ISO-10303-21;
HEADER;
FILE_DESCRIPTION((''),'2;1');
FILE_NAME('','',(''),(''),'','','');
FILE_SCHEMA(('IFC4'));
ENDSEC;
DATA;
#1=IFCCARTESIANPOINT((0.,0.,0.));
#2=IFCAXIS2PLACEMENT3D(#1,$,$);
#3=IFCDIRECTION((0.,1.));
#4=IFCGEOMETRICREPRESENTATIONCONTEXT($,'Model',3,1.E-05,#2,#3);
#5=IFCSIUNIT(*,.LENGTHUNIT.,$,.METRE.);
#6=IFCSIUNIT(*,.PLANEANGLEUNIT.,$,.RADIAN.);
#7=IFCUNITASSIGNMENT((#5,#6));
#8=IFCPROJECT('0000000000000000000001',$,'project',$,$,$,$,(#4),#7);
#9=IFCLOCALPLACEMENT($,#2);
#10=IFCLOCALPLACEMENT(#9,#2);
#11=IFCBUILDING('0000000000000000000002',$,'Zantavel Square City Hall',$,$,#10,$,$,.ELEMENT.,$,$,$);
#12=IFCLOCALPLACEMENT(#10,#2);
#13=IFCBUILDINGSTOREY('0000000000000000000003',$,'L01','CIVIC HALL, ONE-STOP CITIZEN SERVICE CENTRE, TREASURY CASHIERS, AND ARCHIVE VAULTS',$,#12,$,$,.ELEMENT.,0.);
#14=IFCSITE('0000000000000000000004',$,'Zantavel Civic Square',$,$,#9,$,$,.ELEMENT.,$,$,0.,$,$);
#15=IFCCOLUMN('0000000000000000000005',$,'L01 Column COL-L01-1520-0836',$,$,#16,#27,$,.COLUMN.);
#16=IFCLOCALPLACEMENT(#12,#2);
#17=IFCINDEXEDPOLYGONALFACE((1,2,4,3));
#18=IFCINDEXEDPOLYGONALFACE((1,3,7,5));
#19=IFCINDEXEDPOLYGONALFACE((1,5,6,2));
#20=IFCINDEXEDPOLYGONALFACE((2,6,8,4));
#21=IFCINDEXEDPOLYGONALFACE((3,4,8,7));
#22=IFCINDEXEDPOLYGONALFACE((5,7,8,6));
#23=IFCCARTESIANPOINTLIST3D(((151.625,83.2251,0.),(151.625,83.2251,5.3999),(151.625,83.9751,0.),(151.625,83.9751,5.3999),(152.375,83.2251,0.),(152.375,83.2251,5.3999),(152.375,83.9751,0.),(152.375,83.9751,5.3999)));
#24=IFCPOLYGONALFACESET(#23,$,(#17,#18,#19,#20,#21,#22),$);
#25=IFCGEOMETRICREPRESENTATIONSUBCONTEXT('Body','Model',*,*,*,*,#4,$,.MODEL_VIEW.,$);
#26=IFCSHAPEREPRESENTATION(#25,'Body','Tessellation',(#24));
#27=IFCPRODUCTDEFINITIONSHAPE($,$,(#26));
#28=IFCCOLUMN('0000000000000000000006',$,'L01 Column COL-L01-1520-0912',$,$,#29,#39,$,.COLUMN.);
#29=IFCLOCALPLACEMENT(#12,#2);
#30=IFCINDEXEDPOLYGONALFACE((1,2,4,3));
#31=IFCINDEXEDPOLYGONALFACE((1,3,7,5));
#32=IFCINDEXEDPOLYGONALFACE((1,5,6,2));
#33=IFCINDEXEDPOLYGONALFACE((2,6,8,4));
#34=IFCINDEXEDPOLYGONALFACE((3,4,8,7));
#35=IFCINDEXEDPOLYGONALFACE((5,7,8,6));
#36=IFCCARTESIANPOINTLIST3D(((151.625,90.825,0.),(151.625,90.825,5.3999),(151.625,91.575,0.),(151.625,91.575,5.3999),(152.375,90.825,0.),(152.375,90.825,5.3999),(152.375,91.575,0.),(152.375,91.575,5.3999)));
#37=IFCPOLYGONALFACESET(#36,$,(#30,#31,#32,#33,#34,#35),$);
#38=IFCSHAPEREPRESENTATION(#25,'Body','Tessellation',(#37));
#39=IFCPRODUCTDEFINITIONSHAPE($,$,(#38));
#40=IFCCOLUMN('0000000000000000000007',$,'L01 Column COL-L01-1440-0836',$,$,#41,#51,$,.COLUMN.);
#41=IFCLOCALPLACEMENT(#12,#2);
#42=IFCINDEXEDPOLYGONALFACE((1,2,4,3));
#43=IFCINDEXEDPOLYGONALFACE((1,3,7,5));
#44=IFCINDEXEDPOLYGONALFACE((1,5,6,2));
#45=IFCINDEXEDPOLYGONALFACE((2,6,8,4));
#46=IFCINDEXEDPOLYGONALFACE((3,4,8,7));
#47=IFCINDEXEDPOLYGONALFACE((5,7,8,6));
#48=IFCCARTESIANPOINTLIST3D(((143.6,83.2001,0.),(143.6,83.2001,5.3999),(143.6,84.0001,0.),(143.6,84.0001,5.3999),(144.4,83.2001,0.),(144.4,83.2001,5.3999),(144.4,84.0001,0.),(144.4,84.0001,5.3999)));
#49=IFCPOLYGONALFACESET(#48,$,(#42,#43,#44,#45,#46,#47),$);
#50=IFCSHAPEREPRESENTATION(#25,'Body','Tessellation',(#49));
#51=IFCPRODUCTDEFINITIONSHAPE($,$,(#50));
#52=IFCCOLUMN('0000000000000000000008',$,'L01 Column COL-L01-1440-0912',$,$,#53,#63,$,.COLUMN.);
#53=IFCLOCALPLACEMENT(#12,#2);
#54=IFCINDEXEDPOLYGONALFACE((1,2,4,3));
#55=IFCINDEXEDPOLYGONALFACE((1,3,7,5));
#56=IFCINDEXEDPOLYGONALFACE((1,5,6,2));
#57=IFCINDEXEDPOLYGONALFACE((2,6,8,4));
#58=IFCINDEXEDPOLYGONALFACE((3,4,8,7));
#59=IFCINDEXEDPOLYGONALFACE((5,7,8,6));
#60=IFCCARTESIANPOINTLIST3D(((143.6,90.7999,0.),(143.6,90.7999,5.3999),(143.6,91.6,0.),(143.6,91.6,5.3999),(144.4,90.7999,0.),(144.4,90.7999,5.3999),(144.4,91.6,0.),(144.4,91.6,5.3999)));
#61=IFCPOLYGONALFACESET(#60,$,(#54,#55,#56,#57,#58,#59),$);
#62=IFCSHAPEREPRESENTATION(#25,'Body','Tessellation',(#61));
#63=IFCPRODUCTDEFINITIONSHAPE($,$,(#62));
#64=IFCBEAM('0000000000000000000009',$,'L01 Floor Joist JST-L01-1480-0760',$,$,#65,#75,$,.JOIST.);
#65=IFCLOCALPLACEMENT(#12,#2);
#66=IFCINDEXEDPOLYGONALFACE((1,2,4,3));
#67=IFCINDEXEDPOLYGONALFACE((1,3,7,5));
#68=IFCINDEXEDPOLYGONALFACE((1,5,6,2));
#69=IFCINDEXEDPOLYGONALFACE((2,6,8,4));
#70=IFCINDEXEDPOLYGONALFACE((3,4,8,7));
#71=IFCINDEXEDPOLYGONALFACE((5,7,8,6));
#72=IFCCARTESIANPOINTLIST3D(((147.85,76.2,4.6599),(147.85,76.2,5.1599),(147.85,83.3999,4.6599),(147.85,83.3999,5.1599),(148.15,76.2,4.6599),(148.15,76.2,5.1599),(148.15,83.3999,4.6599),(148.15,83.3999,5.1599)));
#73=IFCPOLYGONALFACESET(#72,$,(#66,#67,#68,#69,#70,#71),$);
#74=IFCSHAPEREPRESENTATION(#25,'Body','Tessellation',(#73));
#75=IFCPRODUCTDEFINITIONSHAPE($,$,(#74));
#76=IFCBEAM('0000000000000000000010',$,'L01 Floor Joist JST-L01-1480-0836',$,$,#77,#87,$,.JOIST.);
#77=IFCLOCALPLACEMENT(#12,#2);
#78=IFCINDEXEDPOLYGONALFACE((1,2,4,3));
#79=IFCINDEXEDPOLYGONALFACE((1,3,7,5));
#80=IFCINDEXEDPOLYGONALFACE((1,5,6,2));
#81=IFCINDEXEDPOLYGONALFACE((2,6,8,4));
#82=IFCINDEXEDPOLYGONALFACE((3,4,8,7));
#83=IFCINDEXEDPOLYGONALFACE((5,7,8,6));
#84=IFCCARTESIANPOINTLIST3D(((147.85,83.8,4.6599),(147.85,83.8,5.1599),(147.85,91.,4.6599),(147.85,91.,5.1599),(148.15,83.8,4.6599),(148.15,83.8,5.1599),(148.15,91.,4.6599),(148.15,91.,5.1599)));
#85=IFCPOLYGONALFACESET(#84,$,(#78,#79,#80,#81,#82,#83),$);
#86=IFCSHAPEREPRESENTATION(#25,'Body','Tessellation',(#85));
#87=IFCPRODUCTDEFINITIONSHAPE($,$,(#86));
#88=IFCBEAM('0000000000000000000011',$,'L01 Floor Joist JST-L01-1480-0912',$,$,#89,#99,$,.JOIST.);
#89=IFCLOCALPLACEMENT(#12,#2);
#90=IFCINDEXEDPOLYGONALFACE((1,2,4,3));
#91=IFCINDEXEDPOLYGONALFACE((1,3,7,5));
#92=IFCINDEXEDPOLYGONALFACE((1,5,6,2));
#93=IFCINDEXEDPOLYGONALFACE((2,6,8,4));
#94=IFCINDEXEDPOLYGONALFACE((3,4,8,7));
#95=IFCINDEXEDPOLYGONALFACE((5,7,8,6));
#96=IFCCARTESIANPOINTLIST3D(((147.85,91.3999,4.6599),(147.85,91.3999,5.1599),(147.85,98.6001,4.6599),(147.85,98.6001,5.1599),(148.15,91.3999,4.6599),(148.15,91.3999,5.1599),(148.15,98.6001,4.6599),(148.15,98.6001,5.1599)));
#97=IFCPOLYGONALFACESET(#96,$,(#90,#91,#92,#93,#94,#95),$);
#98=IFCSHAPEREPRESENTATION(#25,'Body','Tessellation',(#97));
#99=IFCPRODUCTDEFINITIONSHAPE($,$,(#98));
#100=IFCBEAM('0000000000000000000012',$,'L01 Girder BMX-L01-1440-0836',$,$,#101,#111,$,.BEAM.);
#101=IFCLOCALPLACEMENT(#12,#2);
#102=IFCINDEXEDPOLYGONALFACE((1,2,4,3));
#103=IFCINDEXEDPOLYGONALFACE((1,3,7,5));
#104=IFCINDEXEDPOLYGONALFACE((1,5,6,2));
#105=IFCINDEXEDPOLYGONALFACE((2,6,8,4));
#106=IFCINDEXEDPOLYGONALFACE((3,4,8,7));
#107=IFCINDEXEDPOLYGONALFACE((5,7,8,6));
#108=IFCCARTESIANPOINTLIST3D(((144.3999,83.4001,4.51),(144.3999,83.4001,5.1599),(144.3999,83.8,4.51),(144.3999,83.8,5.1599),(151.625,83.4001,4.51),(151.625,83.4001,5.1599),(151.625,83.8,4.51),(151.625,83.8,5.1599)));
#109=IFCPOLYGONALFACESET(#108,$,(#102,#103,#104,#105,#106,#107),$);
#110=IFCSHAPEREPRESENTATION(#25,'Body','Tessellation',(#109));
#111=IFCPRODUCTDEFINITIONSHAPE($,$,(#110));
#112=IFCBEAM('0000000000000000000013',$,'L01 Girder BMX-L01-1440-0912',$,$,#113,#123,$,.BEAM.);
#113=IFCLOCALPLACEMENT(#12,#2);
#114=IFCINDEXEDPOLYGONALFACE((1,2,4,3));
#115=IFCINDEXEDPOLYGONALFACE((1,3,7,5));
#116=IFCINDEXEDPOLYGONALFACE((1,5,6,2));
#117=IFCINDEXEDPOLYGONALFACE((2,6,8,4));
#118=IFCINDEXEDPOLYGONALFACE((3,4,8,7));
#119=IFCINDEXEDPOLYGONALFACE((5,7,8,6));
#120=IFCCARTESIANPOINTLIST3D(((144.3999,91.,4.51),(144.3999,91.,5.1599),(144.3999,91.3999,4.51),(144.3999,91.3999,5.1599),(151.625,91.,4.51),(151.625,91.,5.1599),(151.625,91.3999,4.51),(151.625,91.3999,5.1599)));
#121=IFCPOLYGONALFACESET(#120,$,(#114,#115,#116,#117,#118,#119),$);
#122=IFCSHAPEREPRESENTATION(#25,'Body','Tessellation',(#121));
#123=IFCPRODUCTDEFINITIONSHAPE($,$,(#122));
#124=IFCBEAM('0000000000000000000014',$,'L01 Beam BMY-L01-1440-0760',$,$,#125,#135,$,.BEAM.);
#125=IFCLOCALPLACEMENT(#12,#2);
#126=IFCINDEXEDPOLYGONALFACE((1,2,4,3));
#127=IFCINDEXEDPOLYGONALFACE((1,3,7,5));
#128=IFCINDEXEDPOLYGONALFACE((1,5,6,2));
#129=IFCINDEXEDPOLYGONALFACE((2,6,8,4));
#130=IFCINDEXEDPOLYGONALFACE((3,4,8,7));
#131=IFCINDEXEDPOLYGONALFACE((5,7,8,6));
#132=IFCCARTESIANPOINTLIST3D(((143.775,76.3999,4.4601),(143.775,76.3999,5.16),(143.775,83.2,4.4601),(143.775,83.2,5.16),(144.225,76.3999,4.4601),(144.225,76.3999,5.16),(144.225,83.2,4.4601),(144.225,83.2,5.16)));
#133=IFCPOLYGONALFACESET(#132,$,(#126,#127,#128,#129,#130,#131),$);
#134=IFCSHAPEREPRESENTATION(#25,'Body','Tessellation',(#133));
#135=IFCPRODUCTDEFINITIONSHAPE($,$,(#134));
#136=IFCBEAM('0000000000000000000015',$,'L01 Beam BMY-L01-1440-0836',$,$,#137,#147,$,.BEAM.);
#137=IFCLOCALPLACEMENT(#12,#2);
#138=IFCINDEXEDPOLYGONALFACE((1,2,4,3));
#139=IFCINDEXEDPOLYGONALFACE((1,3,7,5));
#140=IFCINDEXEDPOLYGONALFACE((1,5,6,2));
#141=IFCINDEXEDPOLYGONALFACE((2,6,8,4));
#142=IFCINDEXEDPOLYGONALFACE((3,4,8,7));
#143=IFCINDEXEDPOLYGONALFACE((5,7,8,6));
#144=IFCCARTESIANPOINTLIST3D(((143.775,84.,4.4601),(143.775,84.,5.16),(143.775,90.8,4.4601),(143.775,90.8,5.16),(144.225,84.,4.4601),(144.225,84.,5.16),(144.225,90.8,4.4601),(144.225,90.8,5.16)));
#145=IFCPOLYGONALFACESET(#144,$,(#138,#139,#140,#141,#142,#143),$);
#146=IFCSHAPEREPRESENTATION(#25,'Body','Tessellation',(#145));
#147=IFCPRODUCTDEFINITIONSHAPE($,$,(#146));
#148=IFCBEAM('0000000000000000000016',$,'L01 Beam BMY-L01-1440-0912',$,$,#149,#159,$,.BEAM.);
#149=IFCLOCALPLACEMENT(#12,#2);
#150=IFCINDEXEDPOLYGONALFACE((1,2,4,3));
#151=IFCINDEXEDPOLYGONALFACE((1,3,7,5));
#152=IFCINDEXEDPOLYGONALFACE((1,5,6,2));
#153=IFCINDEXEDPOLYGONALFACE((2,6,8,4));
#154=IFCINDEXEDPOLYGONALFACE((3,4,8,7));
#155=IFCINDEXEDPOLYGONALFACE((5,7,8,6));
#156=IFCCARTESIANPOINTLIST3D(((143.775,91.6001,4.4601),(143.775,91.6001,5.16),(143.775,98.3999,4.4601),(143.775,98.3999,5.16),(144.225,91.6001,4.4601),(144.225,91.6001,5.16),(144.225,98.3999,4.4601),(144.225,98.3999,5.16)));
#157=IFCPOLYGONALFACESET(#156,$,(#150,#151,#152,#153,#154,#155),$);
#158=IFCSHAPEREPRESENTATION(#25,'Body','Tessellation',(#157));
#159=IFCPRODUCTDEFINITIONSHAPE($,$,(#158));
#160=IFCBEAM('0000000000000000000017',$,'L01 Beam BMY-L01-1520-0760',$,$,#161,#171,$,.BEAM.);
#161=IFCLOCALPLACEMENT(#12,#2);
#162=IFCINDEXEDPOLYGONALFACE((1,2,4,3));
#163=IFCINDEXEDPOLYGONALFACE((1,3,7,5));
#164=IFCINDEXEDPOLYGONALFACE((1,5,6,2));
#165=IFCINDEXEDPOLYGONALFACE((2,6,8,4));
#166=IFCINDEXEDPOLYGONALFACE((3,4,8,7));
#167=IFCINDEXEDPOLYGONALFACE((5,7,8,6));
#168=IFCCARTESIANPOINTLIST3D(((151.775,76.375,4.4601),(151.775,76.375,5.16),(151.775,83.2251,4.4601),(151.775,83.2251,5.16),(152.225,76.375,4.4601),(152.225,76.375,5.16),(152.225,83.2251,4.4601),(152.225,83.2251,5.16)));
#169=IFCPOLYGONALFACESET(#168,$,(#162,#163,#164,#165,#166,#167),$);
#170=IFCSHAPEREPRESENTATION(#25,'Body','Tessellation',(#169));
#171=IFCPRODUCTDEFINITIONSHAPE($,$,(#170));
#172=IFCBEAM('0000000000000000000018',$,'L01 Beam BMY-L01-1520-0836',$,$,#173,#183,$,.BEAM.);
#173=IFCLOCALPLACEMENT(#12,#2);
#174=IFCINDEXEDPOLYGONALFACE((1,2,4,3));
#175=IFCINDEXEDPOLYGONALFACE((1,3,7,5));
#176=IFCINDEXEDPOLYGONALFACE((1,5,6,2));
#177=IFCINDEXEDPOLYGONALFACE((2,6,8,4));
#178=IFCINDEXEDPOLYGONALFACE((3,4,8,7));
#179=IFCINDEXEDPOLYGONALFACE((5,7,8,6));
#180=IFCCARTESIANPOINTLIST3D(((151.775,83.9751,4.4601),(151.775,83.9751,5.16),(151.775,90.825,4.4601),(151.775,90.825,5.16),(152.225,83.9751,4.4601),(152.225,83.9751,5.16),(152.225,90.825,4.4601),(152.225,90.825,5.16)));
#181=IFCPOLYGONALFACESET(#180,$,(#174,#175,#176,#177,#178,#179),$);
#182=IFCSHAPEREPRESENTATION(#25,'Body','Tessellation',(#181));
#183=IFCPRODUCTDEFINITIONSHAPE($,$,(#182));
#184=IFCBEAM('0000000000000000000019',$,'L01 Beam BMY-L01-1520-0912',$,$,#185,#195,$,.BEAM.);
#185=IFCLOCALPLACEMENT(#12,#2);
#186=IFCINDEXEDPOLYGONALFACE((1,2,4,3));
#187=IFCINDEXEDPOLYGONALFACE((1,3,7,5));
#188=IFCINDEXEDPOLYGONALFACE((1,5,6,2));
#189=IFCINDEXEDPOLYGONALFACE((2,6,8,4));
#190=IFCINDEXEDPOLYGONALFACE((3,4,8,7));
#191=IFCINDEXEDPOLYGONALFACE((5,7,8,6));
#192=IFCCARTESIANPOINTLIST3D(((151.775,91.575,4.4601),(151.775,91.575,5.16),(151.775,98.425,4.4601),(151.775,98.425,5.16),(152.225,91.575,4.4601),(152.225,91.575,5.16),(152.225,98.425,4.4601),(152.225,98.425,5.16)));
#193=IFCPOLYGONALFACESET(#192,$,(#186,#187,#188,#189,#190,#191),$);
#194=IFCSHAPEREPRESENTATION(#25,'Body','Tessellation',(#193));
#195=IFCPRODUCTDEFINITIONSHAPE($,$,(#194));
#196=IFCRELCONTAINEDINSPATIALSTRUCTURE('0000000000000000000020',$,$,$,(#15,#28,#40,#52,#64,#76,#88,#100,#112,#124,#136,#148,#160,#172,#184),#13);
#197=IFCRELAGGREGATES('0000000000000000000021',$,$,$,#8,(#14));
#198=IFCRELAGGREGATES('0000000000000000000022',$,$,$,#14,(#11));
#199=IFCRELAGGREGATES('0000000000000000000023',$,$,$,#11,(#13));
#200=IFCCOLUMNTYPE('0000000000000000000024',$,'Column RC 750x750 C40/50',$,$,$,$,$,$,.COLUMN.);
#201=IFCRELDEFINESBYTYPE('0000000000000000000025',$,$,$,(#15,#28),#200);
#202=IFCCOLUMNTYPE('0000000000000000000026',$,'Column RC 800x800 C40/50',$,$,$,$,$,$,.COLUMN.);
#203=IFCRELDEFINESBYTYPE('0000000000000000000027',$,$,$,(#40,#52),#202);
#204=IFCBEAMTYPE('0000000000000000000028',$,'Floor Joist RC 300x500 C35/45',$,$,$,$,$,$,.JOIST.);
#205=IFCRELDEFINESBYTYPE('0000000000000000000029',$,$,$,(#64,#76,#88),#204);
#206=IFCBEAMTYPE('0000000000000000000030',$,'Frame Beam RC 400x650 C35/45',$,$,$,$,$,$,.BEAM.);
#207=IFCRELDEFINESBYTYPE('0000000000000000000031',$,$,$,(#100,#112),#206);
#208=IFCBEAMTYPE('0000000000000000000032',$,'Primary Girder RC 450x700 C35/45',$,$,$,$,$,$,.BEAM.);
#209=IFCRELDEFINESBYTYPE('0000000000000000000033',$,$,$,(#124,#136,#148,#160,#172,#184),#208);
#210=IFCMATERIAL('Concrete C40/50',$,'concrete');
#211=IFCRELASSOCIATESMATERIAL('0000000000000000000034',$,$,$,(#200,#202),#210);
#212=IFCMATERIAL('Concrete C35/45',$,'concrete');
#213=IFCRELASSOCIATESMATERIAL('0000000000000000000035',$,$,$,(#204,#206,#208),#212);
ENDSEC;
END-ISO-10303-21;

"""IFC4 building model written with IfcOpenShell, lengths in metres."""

from ifc_helpers import new_model, si_unit, direction, frame, origin, origin_2d, place, context, subcontext, project, spatial, rectangle, extrude, material, material_profile, profile_set, type_object, element, save


model = new_model("IFC4")

# Units and contexts
model_context = context("Model", 3, precision=1e-05, world=origin(), true_north=direction((0.0, 1.0)))
body_context = subcontext(model_context, "Body", "Model", "MODEL_VIEW")
ifc_project = project(units=[si_unit("LENGTHUNIT", "METRE"), si_unit("PLANEANGLEUNIT", "RADIAN")], contexts=[model_context])

# Site, building, storey
site_placement = place(None, origin())
site = spatial("IfcSite", under=ifc_project, at=site_placement, Name="Zantavel Civic Square", CompositionType="ELEMENT", RefElevation=0.0)
building_placement = place(site_placement, origin())
building = spatial("IfcBuilding", under=site, at=building_placement, Name="Zantavel Square City Hall", CompositionType="ELEMENT")
storey_placement = place(building_placement, origin())
storey = spatial("IfcBuildingStorey", under=building, at=storey_placement, Name="L01", Description="CIVIC HALL, ONE-STOP CITIZEN SERVICE CENTRE, TREASURY CASHIERS, AND ARCHIVE VAULTS", CompositionType="ELEMENT", Elevation=0.0)

# Columns
ifc_material_1 = material(Name="Concrete C40/50", Category="concrete")
ifc_material_profile_1 = material_profile(ifc_material_1, rectangle(XDim=0.75, YDim=0.75, at=origin_2d()), Name="RC 750x750")
ifc_profile_set_1 = profile_set([ifc_material_profile_1], Name="Concrete C40/50")
column_type_1 = type_object("IfcColumnType", Name="Column RC 750x750 C40/50", PredefinedType="COLUMN", material=ifc_profile_set_1)
for number, where, z_axis, x_axis, name in (
    (1, (152.0, 83.6001, 0.0), (0.0, 0.0, 1.0), (1.0, 0.0, 0.0), "L01 Column COL-L01-1520-0836"),
    (2, (152.0, 91.2, 0.0), (0.0, 0.0, 1.0), (1.0, 0.0, 0.0), "L01 Column COL-L01-1520-0912"),
):
    element("IfcColumn", number, at=place(storey_placement, frame(where, z_axis=z_axis, x_axis=x_axis)), inside=storey, type_object=column_type_1, Name=name, PredefinedType="COLUMN", context=body_context, shape_type="SweptSolid", body=[
        extrude(rectangle(XDim=0.75, YDim=0.75, at=origin_2d()), origin(), (0.0, 0.0, 1.0), 5.3999),
    ])
ifc_material_profile_2 = material_profile(ifc_material_1, rectangle(XDim=0.8, YDim=0.8, at=origin_2d()), Name="RC 800x800")
ifc_profile_set_2 = profile_set([ifc_material_profile_2], Name="Concrete C40/50")
column_type_2 = type_object("IfcColumnType", Name="Column RC 800x800 C40/50", PredefinedType="COLUMN", material=ifc_profile_set_2)
for number, where, z_axis, x_axis, name in (
    (3, (144.0, 83.6001, 0.0), (0.0, 0.0, 1.0), (1.0, 0.0, 0.0), "L01 Column COL-L01-1440-0836"),
    (4, (144.0, 91.2, 0.0), (0.0, 0.0, 1.0), (1.0, 0.0, 0.0), "L01 Column COL-L01-1440-0912"),
):
    element("IfcColumn", number, at=place(storey_placement, frame(where, z_axis=z_axis, x_axis=x_axis)), inside=storey, type_object=column_type_2, Name=name, PredefinedType="COLUMN", context=body_context, shape_type="SweptSolid", body=[
        extrude(rectangle(XDim=0.8, YDim=0.8, at=origin_2d()), origin(), (0.0, 0.0, 1.0), 5.3999),
    ])

# Beams
ifc_material_2 = material(Name="Concrete C35/45", Category="concrete")
ifc_material_profile_3 = material_profile(ifc_material_2, rectangle(XDim=0.3, YDim=0.5, at=origin_2d()), Name="RC 300x500")
ifc_profile_set_3 = profile_set([ifc_material_profile_3], Name="Concrete C35/45")
beam_type_1 = type_object("IfcBeamType", Name="Floor Joist RC 300x500 C35/45", PredefinedType="JOIST", material=ifc_profile_set_3)
for number, where, z_axis, x_axis, name in (
    (5, (148.0, 76.2, 4.9099), (0.0, 1.0, 0.0), (-1.0, 0.0, 0.0), "L01 Floor Joist JST-L01-1480-0760"),
    (6, (148.0, 83.8, 4.9099), (0.0, 1.0, 0.0), (-1.0, 0.0, 0.0), "L01 Floor Joist JST-L01-1480-0836"),
):
    element("IfcBeam", number, at=place(storey_placement, frame(where, z_axis=z_axis, x_axis=x_axis)), inside=storey, type_object=beam_type_1, Name=name, PredefinedType="JOIST", context=body_context, shape_type="SweptSolid", body=[
        extrude(rectangle(XDim=0.3, YDim=0.5, at=origin_2d()), origin(), (0.0, 0.0, 1.0), 7.2),
    ])
beam_1_placement = place(storey_placement, frame((148.0, 91.3999, 4.9099), z_axis=(0.0, 1.0, 0.0), x_axis=(-1.0, 0.0, 0.0)))
element("IfcBeam", 7, at=beam_1_placement, inside=storey, type_object=beam_type_1, Name="L01 Floor Joist JST-L01-1480-0912", PredefinedType="JOIST", context=body_context, shape_type="SweptSolid", body=[
    extrude(rectangle(XDim=0.3, YDim=0.5, at=origin_2d()), origin(), (0.0, 0.0, 1.0), 7.2002),
])
ifc_material_profile_4 = material_profile(ifc_material_2, rectangle(XDim=0.3999, YDim=0.6499, at=origin_2d()), Name="RC 400x650")
ifc_profile_set_4 = profile_set([ifc_material_profile_4], Name="Concrete C35/45")
beam_type_2 = type_object("IfcBeamType", Name="Frame Beam RC 400x650 C35/45", PredefinedType="BEAM", material=ifc_profile_set_4)
for number, where, z_axis, x_axis, name in (
    (8, (144.3999, 83.6001, 4.835), (1.0, 0.0, 0.0), (0.0, 1.0, 0.0), "L01 Girder BMX-L01-1440-0836"),
    (9, (144.3999, 91.2, 4.835), (1.0, 0.0, 0.0), (0.0, 1.0, 0.0), "L01 Girder BMX-L01-1440-0912"),
):
    element("IfcBeam", number, at=place(storey_placement, frame(where, z_axis=z_axis, x_axis=x_axis)), inside=storey, type_object=beam_type_2, Name=name, PredefinedType="BEAM", context=body_context, shape_type="SweptSolid", body=[
        extrude(rectangle(XDim=0.3999, YDim=0.6499, at=origin_2d()), origin(), (0.0, 0.0, 1.0), 7.2251),
    ])
ifc_material_profile_5 = material_profile(ifc_material_2, rectangle(XDim=0.45, YDim=0.7, at=origin_2d()), Name="RC 450x700")
ifc_profile_set_5 = profile_set([ifc_material_profile_5], Name="Concrete C35/45")
beam_type_3 = type_object("IfcBeamType", Name="Primary Girder RC 450x700 C35/45", PredefinedType="BEAM", material=ifc_profile_set_5)
for number, where, z_axis, x_axis, name in (
    (10, (144.0, 76.3999, 4.8101), (0.0, 1.0, 0.0), (-1.0, 0.0, 0.0), "L01 Beam BMY-L01-1440-0760"),
    (11, (144.0, 84.0, 4.8101), (0.0, 1.0, 0.0), (-1.0, 0.0, 0.0), "L01 Beam BMY-L01-1440-0836"),
):
    element("IfcBeam", number, at=place(storey_placement, frame(where, z_axis=z_axis, x_axis=x_axis)), inside=storey, type_object=beam_type_3, Name=name, PredefinedType="BEAM", context=body_context, shape_type="SweptSolid", body=[
        extrude(rectangle(XDim=0.45, YDim=0.7, at=origin_2d()), origin(), (0.0, 0.0, 1.0), 6.8),
    ])
beam_2_placement = place(storey_placement, frame((144.0, 91.6001, 4.8101), z_axis=(0.0, 1.0, 0.0), x_axis=(-1.0, 0.0, 0.0)))
element("IfcBeam", 12, at=beam_2_placement, inside=storey, type_object=beam_type_3, Name="L01 Beam BMY-L01-1440-0912", PredefinedType="BEAM", context=body_context, shape_type="SweptSolid", body=[
    extrude(rectangle(XDim=0.45, YDim=0.7, at=origin_2d()), origin(), (0.0, 0.0, 1.0), 6.7998),
])
beam_3_placement = place(storey_placement, frame((152.0, 76.375, 4.8101), z_axis=(0.0, 1.0, 0.0), x_axis=(-1.0, 0.0, 0.0)))
element("IfcBeam", 13, at=beam_3_placement, inside=storey, type_object=beam_type_3, Name="L01 Beam BMY-L01-1520-0760", PredefinedType="BEAM", context=body_context, shape_type="SweptSolid", body=[
    extrude(rectangle(XDim=0.45, YDim=0.7, at=origin_2d()), origin(), (0.0, 0.0, 1.0), 6.8501),
])
beam_4_placement = place(storey_placement, frame((152.0, 83.9751, 4.8101), z_axis=(0.0, 1.0, 0.0), x_axis=(-1.0, 0.0, 0.0)))
element("IfcBeam", 14, at=beam_4_placement, inside=storey, type_object=beam_type_3, Name="L01 Beam BMY-L01-1520-0836", PredefinedType="BEAM", context=body_context, shape_type="SweptSolid", body=[
    extrude(rectangle(XDim=0.45, YDim=0.7, at=origin_2d()), origin(), (0.0, 0.0, 1.0), 6.8499),
])
beam_5_placement = place(storey_placement, frame((152.0, 91.575, 4.8101), z_axis=(0.0, 1.0, 0.0), x_axis=(-1.0, 0.0, 0.0)))
element("IfcBeam", 15, at=beam_5_placement, inside=storey, type_object=beam_type_3, Name="L01 Beam BMY-L01-1520-0912", PredefinedType="BEAM", context=body_context, shape_type="SweptSolid", body=[
    extrude(rectangle(XDim=0.45, YDim=0.7, at=origin_2d()), origin(), (0.0, 0.0, 1.0), 6.8501),
])

save(model, "model.ifc")
